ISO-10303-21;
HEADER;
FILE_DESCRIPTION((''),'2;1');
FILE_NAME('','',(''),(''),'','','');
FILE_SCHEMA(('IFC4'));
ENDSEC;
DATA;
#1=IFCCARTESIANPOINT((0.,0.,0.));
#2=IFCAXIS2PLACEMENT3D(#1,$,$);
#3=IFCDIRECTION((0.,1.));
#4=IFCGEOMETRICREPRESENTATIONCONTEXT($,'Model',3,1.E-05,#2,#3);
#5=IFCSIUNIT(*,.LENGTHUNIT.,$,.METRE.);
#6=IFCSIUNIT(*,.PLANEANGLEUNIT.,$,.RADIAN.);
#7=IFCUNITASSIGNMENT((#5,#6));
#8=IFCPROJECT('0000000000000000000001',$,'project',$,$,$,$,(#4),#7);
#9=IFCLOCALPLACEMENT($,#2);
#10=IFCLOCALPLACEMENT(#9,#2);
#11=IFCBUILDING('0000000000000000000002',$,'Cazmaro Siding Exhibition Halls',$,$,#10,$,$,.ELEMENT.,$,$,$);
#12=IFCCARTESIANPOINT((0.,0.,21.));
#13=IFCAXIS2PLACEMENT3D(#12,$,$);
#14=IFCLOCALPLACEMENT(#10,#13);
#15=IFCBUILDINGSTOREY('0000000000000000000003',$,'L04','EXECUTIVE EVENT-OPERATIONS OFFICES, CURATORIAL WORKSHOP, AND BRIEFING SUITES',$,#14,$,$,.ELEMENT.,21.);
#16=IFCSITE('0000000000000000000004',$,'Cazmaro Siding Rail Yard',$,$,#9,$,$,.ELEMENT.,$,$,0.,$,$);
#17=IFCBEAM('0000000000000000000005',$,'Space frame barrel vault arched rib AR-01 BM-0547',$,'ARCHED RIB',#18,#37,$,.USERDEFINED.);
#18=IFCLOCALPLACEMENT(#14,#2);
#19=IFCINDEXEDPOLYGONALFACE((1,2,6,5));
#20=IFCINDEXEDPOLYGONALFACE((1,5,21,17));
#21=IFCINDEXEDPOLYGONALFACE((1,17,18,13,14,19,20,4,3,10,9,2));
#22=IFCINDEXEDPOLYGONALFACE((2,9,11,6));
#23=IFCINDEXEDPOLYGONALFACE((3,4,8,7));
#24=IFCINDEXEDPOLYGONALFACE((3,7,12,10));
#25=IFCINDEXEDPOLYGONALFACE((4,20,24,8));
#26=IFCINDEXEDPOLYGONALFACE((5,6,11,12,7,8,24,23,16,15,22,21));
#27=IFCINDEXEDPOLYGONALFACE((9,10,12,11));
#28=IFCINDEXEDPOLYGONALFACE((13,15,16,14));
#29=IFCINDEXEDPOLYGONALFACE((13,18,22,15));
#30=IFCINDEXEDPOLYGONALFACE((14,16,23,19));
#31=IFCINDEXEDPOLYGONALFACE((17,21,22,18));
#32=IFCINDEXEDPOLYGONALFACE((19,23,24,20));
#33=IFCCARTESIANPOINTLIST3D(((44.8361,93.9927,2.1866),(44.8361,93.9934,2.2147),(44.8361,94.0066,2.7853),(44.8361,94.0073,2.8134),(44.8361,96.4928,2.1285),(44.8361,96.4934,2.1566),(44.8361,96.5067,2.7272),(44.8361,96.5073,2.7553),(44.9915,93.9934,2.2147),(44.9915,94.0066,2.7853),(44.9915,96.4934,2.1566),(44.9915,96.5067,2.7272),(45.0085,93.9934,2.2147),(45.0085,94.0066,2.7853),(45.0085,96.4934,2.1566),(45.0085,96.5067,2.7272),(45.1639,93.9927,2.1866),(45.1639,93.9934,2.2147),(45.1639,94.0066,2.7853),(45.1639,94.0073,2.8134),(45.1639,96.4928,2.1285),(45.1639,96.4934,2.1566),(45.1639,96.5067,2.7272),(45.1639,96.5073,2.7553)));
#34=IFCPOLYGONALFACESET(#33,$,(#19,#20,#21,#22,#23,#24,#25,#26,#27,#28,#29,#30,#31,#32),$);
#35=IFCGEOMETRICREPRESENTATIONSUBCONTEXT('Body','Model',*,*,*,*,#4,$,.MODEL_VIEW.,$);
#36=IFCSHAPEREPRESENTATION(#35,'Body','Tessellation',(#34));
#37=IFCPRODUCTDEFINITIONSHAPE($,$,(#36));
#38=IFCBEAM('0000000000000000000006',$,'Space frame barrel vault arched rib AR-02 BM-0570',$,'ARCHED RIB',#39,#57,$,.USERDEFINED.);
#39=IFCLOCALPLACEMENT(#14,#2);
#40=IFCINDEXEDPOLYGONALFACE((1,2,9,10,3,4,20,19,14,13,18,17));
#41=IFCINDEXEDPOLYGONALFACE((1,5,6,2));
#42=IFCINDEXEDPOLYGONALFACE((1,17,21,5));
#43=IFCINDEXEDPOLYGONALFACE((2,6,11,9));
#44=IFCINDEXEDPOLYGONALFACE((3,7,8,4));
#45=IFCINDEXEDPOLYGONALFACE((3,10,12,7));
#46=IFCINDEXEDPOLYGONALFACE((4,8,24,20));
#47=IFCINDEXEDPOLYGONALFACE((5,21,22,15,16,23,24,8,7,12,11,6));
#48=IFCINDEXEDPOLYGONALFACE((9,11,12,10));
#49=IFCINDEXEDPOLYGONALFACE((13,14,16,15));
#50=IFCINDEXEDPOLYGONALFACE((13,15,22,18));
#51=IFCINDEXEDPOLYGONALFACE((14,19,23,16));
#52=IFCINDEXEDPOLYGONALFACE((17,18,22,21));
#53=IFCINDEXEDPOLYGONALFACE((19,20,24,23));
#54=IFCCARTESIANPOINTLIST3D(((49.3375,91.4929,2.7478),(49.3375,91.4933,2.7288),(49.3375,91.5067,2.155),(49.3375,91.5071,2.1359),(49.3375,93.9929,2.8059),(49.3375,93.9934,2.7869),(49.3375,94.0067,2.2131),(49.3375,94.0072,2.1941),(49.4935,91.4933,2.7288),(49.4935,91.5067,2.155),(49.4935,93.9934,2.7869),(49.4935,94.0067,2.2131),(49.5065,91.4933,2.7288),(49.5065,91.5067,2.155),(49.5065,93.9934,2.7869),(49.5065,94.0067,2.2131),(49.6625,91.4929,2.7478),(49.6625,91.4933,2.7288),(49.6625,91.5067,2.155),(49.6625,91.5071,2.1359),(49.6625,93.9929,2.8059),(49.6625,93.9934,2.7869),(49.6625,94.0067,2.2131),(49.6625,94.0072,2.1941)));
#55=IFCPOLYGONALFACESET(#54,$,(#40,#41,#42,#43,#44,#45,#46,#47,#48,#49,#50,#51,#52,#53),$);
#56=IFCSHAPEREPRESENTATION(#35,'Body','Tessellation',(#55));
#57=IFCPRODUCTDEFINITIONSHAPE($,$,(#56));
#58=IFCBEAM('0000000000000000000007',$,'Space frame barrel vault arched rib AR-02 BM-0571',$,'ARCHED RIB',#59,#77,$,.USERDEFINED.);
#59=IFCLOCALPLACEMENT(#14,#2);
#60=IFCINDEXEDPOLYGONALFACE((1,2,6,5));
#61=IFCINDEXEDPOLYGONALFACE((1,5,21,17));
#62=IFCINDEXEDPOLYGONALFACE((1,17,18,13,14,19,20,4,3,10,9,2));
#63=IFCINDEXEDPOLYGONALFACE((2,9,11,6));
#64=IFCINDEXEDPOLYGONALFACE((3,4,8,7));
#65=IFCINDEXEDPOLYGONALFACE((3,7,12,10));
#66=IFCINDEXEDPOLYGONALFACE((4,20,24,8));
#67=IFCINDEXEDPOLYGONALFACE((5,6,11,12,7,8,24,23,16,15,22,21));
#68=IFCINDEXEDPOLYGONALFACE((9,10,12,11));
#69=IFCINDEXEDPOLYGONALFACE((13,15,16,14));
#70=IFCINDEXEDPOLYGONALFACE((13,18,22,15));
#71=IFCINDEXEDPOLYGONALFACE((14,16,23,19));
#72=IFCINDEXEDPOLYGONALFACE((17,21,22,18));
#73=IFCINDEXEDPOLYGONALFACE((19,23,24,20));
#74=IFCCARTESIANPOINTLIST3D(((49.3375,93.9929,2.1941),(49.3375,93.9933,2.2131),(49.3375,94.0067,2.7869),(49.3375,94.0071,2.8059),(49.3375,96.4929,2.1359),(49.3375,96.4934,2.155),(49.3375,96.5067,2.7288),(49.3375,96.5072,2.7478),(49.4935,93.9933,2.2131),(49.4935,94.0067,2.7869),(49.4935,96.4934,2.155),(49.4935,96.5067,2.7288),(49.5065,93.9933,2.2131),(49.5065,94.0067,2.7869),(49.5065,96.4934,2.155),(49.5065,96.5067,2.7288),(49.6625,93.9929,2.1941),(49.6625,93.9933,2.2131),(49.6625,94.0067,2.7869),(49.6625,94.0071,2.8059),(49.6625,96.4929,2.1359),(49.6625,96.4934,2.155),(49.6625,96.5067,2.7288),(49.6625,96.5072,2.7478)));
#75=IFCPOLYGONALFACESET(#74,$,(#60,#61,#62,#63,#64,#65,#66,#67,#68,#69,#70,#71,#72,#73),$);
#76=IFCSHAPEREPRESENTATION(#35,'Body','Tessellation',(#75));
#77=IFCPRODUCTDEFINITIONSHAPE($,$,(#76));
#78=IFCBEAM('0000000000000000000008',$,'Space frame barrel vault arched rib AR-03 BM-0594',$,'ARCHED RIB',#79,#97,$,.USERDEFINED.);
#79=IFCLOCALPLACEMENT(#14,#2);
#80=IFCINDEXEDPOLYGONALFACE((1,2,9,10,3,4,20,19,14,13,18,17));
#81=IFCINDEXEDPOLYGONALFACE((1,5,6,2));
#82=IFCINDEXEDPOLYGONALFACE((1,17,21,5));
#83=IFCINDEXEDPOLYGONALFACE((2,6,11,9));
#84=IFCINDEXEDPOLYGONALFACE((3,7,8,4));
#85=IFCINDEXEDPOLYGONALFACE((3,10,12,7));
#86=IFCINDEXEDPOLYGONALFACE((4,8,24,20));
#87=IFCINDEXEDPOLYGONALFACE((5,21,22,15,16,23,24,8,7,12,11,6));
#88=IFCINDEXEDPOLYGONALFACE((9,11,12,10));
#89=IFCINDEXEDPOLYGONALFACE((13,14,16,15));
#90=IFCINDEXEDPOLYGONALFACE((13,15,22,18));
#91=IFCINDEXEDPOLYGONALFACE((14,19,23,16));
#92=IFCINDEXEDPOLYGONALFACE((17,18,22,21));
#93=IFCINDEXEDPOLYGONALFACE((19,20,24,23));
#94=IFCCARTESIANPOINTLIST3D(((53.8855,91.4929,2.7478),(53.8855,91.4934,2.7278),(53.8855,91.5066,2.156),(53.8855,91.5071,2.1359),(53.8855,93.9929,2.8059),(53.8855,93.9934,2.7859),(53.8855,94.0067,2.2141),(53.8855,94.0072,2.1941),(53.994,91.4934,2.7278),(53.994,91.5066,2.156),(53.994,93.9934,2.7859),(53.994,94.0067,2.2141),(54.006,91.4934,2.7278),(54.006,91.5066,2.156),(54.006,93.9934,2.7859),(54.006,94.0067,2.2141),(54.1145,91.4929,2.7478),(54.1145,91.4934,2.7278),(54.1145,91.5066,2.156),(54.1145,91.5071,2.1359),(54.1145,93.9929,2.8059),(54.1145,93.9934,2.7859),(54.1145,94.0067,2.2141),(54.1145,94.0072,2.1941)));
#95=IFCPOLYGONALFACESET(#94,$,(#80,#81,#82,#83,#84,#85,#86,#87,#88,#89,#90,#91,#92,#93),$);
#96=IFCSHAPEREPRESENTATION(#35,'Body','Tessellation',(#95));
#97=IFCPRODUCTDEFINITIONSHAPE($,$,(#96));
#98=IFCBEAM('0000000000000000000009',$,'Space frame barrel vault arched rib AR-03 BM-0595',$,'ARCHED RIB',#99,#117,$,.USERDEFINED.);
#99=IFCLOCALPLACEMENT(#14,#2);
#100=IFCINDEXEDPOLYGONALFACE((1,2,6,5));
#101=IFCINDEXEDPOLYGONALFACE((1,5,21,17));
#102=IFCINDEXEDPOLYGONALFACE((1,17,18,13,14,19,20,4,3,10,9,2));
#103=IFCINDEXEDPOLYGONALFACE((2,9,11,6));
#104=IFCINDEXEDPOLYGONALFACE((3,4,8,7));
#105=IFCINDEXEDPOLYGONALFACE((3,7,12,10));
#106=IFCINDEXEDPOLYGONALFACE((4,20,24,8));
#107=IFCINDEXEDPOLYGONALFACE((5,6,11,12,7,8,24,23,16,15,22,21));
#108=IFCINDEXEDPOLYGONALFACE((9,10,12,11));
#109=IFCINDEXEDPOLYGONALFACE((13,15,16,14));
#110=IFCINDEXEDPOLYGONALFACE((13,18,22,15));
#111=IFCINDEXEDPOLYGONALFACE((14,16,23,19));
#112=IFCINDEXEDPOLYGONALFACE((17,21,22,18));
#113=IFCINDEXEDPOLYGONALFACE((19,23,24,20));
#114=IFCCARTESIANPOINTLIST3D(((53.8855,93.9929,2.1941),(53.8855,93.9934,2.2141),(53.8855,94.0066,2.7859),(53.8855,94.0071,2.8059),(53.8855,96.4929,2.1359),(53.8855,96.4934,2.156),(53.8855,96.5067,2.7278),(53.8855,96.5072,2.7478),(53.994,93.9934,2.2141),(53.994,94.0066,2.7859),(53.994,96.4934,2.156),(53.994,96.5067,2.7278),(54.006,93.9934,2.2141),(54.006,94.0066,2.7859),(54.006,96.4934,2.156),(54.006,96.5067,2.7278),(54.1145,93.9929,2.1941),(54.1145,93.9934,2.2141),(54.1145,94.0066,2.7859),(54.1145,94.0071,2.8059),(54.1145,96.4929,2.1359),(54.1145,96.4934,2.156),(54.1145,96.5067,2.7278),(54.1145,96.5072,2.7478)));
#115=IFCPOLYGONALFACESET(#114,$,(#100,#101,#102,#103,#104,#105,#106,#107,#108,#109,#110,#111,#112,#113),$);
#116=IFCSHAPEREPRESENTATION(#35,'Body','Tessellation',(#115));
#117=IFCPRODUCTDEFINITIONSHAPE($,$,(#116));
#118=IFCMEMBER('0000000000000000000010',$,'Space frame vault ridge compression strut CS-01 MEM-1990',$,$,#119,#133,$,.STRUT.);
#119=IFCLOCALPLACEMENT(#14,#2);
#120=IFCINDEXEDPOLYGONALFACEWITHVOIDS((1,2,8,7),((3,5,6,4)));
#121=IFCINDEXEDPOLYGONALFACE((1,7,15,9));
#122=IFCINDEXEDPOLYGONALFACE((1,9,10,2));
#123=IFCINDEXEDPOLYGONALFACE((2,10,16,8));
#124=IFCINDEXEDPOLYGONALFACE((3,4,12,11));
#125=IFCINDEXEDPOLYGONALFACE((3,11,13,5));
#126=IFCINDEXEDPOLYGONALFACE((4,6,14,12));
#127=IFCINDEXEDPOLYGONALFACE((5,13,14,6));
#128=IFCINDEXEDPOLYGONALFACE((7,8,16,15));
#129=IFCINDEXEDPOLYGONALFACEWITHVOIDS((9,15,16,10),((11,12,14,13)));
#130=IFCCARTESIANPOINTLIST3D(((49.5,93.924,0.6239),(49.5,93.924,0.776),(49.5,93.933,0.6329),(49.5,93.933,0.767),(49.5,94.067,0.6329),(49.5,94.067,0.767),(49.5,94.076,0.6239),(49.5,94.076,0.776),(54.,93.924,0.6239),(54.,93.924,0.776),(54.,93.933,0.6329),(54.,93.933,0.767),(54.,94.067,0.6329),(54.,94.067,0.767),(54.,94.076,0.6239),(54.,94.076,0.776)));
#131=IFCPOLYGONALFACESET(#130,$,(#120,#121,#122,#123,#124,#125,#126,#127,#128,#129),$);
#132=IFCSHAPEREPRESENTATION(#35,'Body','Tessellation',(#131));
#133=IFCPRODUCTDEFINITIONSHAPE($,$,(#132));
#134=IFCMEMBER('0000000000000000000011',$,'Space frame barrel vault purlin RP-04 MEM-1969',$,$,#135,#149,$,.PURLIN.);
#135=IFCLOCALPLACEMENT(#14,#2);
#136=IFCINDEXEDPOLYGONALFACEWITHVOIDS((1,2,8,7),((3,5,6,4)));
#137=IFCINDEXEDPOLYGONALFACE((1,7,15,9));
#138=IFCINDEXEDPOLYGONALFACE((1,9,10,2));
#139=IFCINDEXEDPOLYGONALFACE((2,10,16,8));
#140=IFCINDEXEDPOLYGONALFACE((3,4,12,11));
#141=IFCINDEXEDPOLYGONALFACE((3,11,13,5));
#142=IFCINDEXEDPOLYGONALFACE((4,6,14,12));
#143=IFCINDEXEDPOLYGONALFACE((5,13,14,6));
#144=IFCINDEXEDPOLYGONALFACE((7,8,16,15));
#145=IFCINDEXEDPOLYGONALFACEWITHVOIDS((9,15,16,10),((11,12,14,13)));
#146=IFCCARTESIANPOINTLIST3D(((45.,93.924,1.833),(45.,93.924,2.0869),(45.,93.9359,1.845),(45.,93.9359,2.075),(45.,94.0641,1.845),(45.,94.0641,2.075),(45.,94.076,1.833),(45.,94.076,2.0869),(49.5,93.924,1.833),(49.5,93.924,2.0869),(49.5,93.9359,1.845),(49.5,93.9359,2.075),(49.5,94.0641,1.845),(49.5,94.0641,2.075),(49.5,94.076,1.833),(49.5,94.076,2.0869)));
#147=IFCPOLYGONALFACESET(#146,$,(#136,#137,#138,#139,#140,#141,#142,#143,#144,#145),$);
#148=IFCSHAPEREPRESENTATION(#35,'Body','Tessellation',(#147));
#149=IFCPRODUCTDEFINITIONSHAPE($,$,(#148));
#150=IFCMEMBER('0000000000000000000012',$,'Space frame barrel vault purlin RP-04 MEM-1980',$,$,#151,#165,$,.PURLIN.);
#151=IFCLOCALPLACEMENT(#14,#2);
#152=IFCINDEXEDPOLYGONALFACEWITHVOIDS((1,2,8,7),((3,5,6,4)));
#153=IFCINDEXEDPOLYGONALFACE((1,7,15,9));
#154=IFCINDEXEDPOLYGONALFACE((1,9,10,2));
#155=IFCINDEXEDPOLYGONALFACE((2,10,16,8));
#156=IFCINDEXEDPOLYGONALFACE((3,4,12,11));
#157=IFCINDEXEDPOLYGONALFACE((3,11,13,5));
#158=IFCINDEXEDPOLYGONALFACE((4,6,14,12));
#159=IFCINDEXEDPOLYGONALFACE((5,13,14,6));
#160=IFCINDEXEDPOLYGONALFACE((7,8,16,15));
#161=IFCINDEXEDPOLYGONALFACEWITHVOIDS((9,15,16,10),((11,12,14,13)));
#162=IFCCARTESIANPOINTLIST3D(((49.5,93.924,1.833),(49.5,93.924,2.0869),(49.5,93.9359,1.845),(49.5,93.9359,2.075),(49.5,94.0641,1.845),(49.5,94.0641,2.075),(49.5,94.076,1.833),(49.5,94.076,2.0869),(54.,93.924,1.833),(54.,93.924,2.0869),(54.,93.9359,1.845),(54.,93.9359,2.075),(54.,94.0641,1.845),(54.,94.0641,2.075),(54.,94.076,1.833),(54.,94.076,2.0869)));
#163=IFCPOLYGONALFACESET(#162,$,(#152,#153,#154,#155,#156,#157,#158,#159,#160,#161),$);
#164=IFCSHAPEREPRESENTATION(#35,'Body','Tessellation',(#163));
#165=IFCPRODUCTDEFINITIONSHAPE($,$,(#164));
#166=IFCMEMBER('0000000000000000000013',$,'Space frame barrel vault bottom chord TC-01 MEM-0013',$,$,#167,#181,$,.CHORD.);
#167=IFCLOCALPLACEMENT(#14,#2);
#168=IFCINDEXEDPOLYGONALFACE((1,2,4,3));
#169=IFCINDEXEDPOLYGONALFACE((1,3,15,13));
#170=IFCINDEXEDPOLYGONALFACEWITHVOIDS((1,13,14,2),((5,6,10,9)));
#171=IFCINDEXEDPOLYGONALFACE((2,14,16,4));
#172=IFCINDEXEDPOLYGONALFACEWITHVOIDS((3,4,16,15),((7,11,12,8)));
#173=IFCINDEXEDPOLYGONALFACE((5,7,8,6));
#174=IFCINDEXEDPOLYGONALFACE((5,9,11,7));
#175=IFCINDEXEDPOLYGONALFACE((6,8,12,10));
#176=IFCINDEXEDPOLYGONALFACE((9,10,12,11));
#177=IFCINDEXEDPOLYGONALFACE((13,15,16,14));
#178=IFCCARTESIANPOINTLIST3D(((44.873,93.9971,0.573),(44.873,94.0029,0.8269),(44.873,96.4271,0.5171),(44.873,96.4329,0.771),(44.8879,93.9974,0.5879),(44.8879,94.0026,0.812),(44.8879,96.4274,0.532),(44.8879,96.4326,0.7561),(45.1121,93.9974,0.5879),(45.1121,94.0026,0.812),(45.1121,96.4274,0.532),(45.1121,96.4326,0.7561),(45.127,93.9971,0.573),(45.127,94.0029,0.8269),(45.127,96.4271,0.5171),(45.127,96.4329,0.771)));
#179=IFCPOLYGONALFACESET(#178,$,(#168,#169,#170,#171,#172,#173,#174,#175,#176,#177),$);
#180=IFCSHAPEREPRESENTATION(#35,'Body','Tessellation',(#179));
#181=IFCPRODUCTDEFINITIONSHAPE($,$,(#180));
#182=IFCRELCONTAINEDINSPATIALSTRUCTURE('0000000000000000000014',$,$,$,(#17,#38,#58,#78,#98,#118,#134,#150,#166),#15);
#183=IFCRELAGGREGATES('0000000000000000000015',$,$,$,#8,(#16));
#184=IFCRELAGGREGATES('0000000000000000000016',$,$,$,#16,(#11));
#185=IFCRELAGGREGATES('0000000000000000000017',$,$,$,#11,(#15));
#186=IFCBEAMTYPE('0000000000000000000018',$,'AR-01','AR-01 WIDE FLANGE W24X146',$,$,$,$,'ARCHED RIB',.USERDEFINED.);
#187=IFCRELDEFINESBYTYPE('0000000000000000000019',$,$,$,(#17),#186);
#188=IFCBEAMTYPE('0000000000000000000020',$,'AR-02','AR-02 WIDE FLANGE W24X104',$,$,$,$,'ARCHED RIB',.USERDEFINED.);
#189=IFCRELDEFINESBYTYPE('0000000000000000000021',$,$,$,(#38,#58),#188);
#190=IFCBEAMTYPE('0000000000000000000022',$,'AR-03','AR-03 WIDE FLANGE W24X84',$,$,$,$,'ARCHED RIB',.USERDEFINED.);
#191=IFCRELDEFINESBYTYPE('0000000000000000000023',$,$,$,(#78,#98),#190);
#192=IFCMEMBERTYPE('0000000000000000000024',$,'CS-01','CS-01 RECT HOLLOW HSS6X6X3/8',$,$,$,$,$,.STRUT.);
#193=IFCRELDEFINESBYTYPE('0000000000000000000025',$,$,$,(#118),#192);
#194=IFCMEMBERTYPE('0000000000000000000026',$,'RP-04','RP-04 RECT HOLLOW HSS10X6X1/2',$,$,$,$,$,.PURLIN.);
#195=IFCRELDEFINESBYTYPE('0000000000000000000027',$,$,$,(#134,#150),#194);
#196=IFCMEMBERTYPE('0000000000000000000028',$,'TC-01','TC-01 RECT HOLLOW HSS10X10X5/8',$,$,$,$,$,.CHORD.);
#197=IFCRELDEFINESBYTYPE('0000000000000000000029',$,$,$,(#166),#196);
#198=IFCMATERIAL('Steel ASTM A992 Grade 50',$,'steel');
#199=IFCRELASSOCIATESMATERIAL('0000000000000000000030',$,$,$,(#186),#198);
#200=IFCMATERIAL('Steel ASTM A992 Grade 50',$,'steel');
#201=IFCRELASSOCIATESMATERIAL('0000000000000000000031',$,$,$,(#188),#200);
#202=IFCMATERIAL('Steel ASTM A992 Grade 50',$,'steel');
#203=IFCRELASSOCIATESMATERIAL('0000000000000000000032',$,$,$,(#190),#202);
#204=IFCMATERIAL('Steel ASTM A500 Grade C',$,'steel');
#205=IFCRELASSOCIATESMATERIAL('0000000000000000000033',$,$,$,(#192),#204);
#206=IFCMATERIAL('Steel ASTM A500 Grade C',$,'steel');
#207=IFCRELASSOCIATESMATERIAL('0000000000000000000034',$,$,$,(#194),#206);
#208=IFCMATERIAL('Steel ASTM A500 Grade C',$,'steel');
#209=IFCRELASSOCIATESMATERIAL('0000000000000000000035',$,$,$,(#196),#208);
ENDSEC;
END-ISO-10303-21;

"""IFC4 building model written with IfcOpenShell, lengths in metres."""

from ifc_helpers import new_model, si_unit, direction, frame, origin, origin_2d, place, context, subcontext, project, spatial, hollow_rectangle, i_section, extrude, material, material_profile, profile_set, type_object, element, save


model = new_model("IFC4")

# Units and contexts
model_context = context("Model", 3, precision=1e-05, world=origin(), true_north=direction((0.0, 1.0)))
body_context = subcontext(model_context, "Body", "Model", "MODEL_VIEW")
ifc_project = project(units=[si_unit("LENGTHUNIT", "METRE"), si_unit("PLANEANGLEUNIT", "RADIAN")], contexts=[model_context])

# Site, building, storey
site_placement = place(None, origin())
site = spatial("IfcSite", under=ifc_project, at=site_placement, Name="Cazmaro Siding Rail Yard", CompositionType="ELEMENT", RefElevation=0.0)
building_placement = place(site_placement, origin())
building = spatial("IfcBuilding", under=site, at=building_placement, Name="Cazmaro Siding Exhibition Halls", CompositionType="ELEMENT")
storey_placement = place(building_placement, frame((0.0, 0.0, 21.0)))
storey = spatial("IfcBuildingStorey", under=building, at=storey_placement, Name="L04", Description="EXECUTIVE EVENT-OPERATIONS OFFICES, CURATORIAL WORKSHOP, AND BRIEFING SUITES", CompositionType="ELEMENT", Elevation=21.0)

# Beams
ifc_material_1 = material(Name="Steel ASTM A992 Grade 50", Category="steel")
ifc_material_profile_1 = material_profile(ifc_material_1, i_section(OverallWidth=0.3279, OverallDepth=0.627, WebThickness=0.0171, FlangeThickness=0.0281, at=origin_2d()), Name="W24X146")
ifc_profile_set_1 = profile_set([ifc_material_profile_1], Name="Steel ASTM A992 Grade 50")
beam_type_1 = type_object("IfcBeamType", Name="AR-01", Description="AR-01 WIDE FLANGE W24X146", ElementType="ARCHED RIB", PredefinedType="USERDEFINED", material=ifc_profile_set_1)
beam_placement = place(storey_placement, frame((45.0, 94.0, 2.5), z_axis=(0.0, 0.99973, -0.023236), x_axis=(-1.0, 0.0, 0.0)))
element("IfcBeam", 1, at=beam_placement, inside=storey, type_object=beam_type_1, Name="Space frame barrel vault arched rib AR-01 BM-0547", ObjectType="ARCHED RIB", PredefinedType="USERDEFINED", context=body_context, shape_type="SweptSolid", body=[
    extrude(i_section(OverallWidth=0.3279, OverallDepth=0.627, WebThickness=0.0171, FlangeThickness=0.0281, at=origin_2d()), origin(), (0.0, 0.0, 1.0), 2.5007),
])
ifc_material_2 = material(Name="Steel ASTM A992 Grade 50", Category="steel")
ifc_material_profile_2 = material_profile(ifc_material_2, i_section(OverallWidth=0.325, OverallDepth=0.6121, WebThickness=0.0129, FlangeThickness=0.019, at=origin_2d()), Name="W24X104")
ifc_profile_set_2 = profile_set([ifc_material_profile_2], Name="Steel ASTM A992 Grade 50")
beam_type_2 = type_object("IfcBeamType", Name="AR-02", Description="AR-02 WIDE FLANGE W24X104", ElementType="ARCHED RIB", PredefinedType="USERDEFINED", material=ifc_profile_set_2)
for number, where, z_axis, x_axis, name in (
    (2, (49.5, 91.5, 2.4419), (0.0, 0.99973, 0.023236), (-1.0, 0.0, 0.0), "Space frame barrel vault arched rib AR-02 BM-0570"),
    (3, (49.5, 94.0, 2.5), (0.0, 0.99973, -0.023236), (-1.0, 0.0, 0.0), "Space frame barrel vault arched rib AR-02 BM-0571"),
):
    element("IfcBeam", number, at=place(storey_placement, frame(where, z_axis=z_axis, x_axis=x_axis)), inside=storey, type_object=beam_type_2, Name=name, ObjectType="ARCHED RIB", PredefinedType="USERDEFINED", context=body_context, shape_type="SweptSolid", body=[
        extrude(i_section(OverallWidth=0.325, OverallDepth=0.6121, WebThickness=0.0129, FlangeThickness=0.019, at=origin_2d()), origin(), (0.0, 0.0, 1.0), 2.5007),
    ])
ifc_material_3 = material(Name="Steel ASTM A992 Grade 50", Category="steel")
ifc_material_profile_3 = material_profile(ifc_material_3, i_section(OverallWidth=0.229, OverallDepth=0.6121, WebThickness=0.012, FlangeThickness=0.02, at=origin_2d()), Name="W24X84")
ifc_profile_set_3 = profile_set([ifc_material_profile_3], Name="Steel ASTM A992 Grade 50")
beam_type_3 = type_object("IfcBeamType", Name="AR-03", Description="AR-03 WIDE FLANGE W24X84", ElementType="ARCHED RIB", PredefinedType="USERDEFINED", material=ifc_profile_set_3)
for number, where, z_axis, x_axis, name in (
    (4, (54.0, 91.5, 2.4419), (0.0, 0.99973, 0.023236), (-1.0, 0.0, 0.0), "Space frame barrel vault arched rib AR-03 BM-0594"),
    (5, (54.0, 94.0, 2.5), (0.0, 0.99973, -0.023236), (-1.0, 0.0, 0.0), "Space frame barrel vault arched rib AR-03 BM-0595"),
):
    element("IfcBeam", number, at=place(storey_placement, frame(where, z_axis=z_axis, x_axis=x_axis)), inside=storey, type_object=beam_type_3, Name=name, ObjectType="ARCHED RIB", PredefinedType="USERDEFINED", context=body_context, shape_type="SweptSolid", body=[
        extrude(i_section(OverallWidth=0.229, OverallDepth=0.6121, WebThickness=0.012, FlangeThickness=0.02, at=origin_2d()), origin(), (0.0, 0.0, 1.0), 2.5007),
    ])

# Members
ifc_material_4 = material(Name="Steel ASTM A500 Grade C", Category="steel")
ifc_material_profile_4 = material_profile(ifc_material_4, hollow_rectangle(XDim=0.1521, YDim=0.1521, WallThickness=0.009, at=origin_2d()), Name="HSS6X6X3/8")
ifc_profile_set_4 = profile_set([ifc_material_profile_4], Name="Steel ASTM A500 Grade C")
member_type_1 = type_object("IfcMemberType", Name="CS-01", Description="CS-01 RECT HOLLOW HSS6X6X3/8", PredefinedType="STRUT", material=ifc_profile_set_4)
member_1_placement = place(storey_placement, frame((49.5, 94.0, 0.7), z_axis=(1.0, 0.0, 0.0), x_axis=(0.0, 1.0, 0.0)))
element("IfcMember", 6, at=member_1_placement, inside=storey, type_object=member_type_1, Name="Space frame vault ridge compression strut CS-01 MEM-1990", PredefinedType="STRUT", context=body_context, shape_type="SweptSolid", body=[
    extrude(hollow_rectangle(XDim=0.1521, YDim=0.1521, WallThickness=0.009, at=origin_2d()), origin(), (0.0, 0.0, 1.0), 4.5),
])
ifc_material_5 = material(Name="Steel ASTM A500 Grade C", Category="steel")
ifc_material_profile_5 = material_profile(ifc_material_5, hollow_rectangle(XDim=0.1521, YDim=0.2539, WallThickness=0.012, at=origin_2d()), Name="HSS10X6X1/2")
ifc_profile_set_5 = profile_set([ifc_material_profile_5], Name="Steel ASTM A500 Grade C")
member_type_2 = type_object("IfcMemberType", Name="RP-04", Description="RP-04 RECT HOLLOW HSS10X6X1/2", PredefinedType="PURLIN", material=ifc_profile_set_5)
for number, where, z_axis, x_axis, name in (
    (7, (45.0, 94.0, 1.96), (1.0, 0.0, 0.0), (0.0, 1.0, 0.0), "Space frame barrel vault purlin RP-04 MEM-1969"),
    (8, (49.5, 94.0, 1.96), (1.0, 0.0, 0.0), (0.0, 1.0, 0.0), "Space frame barrel vault purlin RP-04 MEM-1980"),
):
    element("IfcMember", number, at=place(storey_placement, frame(where, z_axis=z_axis, x_axis=x_axis)), inside=storey, type_object=member_type_2, Name=name, PredefinedType="PURLIN", context=body_context, shape_type="SweptSolid", body=[
        extrude(hollow_rectangle(XDim=0.1521, YDim=0.2539, WallThickness=0.012, at=origin_2d()), origin(), (0.0, 0.0, 1.0), 4.5),
    ])
ifc_material_6 = material(Name="Steel ASTM A500 Grade C", Category="steel")
ifc_material_profile_6 = material_profile(ifc_material_6, hollow_rectangle(XDim=0.2539, YDim=0.2539, WallThickness=0.0149, at=origin_2d()), Name="HSS10X10X5/8")
ifc_profile_set_6 = profile_set([ifc_material_profile_6], Name="Steel ASTM A500 Grade C")
member_type_3 = type_object("IfcMemberType", Name="TC-01", Description="TC-01 RECT HOLLOW HSS10X10X5/8", PredefinedType="CHORD", material=ifc_profile_set_6)
member_2_placement = place(storey_placement, frame((45.0, 94.0, 0.7), z_axis=(0.0, 0.999735, -0.023002), x_axis=(-1.0, 0.0, 0.0)))
element("IfcMember", 9, at=member_2_placement, inside=storey, type_object=member_type_3, Name="Space frame barrel vault bottom chord TC-01 MEM-0013", PredefinedType="CHORD", context=body_context, shape_type="SweptSolid", body=[
    extrude(hollow_rectangle(XDim=0.2539, YDim=0.2539, WallThickness=0.0149, at=origin_2d()), origin(), (0.0, 0.0, 1.0), 2.4307),
])

save(model, "model.ifc")
